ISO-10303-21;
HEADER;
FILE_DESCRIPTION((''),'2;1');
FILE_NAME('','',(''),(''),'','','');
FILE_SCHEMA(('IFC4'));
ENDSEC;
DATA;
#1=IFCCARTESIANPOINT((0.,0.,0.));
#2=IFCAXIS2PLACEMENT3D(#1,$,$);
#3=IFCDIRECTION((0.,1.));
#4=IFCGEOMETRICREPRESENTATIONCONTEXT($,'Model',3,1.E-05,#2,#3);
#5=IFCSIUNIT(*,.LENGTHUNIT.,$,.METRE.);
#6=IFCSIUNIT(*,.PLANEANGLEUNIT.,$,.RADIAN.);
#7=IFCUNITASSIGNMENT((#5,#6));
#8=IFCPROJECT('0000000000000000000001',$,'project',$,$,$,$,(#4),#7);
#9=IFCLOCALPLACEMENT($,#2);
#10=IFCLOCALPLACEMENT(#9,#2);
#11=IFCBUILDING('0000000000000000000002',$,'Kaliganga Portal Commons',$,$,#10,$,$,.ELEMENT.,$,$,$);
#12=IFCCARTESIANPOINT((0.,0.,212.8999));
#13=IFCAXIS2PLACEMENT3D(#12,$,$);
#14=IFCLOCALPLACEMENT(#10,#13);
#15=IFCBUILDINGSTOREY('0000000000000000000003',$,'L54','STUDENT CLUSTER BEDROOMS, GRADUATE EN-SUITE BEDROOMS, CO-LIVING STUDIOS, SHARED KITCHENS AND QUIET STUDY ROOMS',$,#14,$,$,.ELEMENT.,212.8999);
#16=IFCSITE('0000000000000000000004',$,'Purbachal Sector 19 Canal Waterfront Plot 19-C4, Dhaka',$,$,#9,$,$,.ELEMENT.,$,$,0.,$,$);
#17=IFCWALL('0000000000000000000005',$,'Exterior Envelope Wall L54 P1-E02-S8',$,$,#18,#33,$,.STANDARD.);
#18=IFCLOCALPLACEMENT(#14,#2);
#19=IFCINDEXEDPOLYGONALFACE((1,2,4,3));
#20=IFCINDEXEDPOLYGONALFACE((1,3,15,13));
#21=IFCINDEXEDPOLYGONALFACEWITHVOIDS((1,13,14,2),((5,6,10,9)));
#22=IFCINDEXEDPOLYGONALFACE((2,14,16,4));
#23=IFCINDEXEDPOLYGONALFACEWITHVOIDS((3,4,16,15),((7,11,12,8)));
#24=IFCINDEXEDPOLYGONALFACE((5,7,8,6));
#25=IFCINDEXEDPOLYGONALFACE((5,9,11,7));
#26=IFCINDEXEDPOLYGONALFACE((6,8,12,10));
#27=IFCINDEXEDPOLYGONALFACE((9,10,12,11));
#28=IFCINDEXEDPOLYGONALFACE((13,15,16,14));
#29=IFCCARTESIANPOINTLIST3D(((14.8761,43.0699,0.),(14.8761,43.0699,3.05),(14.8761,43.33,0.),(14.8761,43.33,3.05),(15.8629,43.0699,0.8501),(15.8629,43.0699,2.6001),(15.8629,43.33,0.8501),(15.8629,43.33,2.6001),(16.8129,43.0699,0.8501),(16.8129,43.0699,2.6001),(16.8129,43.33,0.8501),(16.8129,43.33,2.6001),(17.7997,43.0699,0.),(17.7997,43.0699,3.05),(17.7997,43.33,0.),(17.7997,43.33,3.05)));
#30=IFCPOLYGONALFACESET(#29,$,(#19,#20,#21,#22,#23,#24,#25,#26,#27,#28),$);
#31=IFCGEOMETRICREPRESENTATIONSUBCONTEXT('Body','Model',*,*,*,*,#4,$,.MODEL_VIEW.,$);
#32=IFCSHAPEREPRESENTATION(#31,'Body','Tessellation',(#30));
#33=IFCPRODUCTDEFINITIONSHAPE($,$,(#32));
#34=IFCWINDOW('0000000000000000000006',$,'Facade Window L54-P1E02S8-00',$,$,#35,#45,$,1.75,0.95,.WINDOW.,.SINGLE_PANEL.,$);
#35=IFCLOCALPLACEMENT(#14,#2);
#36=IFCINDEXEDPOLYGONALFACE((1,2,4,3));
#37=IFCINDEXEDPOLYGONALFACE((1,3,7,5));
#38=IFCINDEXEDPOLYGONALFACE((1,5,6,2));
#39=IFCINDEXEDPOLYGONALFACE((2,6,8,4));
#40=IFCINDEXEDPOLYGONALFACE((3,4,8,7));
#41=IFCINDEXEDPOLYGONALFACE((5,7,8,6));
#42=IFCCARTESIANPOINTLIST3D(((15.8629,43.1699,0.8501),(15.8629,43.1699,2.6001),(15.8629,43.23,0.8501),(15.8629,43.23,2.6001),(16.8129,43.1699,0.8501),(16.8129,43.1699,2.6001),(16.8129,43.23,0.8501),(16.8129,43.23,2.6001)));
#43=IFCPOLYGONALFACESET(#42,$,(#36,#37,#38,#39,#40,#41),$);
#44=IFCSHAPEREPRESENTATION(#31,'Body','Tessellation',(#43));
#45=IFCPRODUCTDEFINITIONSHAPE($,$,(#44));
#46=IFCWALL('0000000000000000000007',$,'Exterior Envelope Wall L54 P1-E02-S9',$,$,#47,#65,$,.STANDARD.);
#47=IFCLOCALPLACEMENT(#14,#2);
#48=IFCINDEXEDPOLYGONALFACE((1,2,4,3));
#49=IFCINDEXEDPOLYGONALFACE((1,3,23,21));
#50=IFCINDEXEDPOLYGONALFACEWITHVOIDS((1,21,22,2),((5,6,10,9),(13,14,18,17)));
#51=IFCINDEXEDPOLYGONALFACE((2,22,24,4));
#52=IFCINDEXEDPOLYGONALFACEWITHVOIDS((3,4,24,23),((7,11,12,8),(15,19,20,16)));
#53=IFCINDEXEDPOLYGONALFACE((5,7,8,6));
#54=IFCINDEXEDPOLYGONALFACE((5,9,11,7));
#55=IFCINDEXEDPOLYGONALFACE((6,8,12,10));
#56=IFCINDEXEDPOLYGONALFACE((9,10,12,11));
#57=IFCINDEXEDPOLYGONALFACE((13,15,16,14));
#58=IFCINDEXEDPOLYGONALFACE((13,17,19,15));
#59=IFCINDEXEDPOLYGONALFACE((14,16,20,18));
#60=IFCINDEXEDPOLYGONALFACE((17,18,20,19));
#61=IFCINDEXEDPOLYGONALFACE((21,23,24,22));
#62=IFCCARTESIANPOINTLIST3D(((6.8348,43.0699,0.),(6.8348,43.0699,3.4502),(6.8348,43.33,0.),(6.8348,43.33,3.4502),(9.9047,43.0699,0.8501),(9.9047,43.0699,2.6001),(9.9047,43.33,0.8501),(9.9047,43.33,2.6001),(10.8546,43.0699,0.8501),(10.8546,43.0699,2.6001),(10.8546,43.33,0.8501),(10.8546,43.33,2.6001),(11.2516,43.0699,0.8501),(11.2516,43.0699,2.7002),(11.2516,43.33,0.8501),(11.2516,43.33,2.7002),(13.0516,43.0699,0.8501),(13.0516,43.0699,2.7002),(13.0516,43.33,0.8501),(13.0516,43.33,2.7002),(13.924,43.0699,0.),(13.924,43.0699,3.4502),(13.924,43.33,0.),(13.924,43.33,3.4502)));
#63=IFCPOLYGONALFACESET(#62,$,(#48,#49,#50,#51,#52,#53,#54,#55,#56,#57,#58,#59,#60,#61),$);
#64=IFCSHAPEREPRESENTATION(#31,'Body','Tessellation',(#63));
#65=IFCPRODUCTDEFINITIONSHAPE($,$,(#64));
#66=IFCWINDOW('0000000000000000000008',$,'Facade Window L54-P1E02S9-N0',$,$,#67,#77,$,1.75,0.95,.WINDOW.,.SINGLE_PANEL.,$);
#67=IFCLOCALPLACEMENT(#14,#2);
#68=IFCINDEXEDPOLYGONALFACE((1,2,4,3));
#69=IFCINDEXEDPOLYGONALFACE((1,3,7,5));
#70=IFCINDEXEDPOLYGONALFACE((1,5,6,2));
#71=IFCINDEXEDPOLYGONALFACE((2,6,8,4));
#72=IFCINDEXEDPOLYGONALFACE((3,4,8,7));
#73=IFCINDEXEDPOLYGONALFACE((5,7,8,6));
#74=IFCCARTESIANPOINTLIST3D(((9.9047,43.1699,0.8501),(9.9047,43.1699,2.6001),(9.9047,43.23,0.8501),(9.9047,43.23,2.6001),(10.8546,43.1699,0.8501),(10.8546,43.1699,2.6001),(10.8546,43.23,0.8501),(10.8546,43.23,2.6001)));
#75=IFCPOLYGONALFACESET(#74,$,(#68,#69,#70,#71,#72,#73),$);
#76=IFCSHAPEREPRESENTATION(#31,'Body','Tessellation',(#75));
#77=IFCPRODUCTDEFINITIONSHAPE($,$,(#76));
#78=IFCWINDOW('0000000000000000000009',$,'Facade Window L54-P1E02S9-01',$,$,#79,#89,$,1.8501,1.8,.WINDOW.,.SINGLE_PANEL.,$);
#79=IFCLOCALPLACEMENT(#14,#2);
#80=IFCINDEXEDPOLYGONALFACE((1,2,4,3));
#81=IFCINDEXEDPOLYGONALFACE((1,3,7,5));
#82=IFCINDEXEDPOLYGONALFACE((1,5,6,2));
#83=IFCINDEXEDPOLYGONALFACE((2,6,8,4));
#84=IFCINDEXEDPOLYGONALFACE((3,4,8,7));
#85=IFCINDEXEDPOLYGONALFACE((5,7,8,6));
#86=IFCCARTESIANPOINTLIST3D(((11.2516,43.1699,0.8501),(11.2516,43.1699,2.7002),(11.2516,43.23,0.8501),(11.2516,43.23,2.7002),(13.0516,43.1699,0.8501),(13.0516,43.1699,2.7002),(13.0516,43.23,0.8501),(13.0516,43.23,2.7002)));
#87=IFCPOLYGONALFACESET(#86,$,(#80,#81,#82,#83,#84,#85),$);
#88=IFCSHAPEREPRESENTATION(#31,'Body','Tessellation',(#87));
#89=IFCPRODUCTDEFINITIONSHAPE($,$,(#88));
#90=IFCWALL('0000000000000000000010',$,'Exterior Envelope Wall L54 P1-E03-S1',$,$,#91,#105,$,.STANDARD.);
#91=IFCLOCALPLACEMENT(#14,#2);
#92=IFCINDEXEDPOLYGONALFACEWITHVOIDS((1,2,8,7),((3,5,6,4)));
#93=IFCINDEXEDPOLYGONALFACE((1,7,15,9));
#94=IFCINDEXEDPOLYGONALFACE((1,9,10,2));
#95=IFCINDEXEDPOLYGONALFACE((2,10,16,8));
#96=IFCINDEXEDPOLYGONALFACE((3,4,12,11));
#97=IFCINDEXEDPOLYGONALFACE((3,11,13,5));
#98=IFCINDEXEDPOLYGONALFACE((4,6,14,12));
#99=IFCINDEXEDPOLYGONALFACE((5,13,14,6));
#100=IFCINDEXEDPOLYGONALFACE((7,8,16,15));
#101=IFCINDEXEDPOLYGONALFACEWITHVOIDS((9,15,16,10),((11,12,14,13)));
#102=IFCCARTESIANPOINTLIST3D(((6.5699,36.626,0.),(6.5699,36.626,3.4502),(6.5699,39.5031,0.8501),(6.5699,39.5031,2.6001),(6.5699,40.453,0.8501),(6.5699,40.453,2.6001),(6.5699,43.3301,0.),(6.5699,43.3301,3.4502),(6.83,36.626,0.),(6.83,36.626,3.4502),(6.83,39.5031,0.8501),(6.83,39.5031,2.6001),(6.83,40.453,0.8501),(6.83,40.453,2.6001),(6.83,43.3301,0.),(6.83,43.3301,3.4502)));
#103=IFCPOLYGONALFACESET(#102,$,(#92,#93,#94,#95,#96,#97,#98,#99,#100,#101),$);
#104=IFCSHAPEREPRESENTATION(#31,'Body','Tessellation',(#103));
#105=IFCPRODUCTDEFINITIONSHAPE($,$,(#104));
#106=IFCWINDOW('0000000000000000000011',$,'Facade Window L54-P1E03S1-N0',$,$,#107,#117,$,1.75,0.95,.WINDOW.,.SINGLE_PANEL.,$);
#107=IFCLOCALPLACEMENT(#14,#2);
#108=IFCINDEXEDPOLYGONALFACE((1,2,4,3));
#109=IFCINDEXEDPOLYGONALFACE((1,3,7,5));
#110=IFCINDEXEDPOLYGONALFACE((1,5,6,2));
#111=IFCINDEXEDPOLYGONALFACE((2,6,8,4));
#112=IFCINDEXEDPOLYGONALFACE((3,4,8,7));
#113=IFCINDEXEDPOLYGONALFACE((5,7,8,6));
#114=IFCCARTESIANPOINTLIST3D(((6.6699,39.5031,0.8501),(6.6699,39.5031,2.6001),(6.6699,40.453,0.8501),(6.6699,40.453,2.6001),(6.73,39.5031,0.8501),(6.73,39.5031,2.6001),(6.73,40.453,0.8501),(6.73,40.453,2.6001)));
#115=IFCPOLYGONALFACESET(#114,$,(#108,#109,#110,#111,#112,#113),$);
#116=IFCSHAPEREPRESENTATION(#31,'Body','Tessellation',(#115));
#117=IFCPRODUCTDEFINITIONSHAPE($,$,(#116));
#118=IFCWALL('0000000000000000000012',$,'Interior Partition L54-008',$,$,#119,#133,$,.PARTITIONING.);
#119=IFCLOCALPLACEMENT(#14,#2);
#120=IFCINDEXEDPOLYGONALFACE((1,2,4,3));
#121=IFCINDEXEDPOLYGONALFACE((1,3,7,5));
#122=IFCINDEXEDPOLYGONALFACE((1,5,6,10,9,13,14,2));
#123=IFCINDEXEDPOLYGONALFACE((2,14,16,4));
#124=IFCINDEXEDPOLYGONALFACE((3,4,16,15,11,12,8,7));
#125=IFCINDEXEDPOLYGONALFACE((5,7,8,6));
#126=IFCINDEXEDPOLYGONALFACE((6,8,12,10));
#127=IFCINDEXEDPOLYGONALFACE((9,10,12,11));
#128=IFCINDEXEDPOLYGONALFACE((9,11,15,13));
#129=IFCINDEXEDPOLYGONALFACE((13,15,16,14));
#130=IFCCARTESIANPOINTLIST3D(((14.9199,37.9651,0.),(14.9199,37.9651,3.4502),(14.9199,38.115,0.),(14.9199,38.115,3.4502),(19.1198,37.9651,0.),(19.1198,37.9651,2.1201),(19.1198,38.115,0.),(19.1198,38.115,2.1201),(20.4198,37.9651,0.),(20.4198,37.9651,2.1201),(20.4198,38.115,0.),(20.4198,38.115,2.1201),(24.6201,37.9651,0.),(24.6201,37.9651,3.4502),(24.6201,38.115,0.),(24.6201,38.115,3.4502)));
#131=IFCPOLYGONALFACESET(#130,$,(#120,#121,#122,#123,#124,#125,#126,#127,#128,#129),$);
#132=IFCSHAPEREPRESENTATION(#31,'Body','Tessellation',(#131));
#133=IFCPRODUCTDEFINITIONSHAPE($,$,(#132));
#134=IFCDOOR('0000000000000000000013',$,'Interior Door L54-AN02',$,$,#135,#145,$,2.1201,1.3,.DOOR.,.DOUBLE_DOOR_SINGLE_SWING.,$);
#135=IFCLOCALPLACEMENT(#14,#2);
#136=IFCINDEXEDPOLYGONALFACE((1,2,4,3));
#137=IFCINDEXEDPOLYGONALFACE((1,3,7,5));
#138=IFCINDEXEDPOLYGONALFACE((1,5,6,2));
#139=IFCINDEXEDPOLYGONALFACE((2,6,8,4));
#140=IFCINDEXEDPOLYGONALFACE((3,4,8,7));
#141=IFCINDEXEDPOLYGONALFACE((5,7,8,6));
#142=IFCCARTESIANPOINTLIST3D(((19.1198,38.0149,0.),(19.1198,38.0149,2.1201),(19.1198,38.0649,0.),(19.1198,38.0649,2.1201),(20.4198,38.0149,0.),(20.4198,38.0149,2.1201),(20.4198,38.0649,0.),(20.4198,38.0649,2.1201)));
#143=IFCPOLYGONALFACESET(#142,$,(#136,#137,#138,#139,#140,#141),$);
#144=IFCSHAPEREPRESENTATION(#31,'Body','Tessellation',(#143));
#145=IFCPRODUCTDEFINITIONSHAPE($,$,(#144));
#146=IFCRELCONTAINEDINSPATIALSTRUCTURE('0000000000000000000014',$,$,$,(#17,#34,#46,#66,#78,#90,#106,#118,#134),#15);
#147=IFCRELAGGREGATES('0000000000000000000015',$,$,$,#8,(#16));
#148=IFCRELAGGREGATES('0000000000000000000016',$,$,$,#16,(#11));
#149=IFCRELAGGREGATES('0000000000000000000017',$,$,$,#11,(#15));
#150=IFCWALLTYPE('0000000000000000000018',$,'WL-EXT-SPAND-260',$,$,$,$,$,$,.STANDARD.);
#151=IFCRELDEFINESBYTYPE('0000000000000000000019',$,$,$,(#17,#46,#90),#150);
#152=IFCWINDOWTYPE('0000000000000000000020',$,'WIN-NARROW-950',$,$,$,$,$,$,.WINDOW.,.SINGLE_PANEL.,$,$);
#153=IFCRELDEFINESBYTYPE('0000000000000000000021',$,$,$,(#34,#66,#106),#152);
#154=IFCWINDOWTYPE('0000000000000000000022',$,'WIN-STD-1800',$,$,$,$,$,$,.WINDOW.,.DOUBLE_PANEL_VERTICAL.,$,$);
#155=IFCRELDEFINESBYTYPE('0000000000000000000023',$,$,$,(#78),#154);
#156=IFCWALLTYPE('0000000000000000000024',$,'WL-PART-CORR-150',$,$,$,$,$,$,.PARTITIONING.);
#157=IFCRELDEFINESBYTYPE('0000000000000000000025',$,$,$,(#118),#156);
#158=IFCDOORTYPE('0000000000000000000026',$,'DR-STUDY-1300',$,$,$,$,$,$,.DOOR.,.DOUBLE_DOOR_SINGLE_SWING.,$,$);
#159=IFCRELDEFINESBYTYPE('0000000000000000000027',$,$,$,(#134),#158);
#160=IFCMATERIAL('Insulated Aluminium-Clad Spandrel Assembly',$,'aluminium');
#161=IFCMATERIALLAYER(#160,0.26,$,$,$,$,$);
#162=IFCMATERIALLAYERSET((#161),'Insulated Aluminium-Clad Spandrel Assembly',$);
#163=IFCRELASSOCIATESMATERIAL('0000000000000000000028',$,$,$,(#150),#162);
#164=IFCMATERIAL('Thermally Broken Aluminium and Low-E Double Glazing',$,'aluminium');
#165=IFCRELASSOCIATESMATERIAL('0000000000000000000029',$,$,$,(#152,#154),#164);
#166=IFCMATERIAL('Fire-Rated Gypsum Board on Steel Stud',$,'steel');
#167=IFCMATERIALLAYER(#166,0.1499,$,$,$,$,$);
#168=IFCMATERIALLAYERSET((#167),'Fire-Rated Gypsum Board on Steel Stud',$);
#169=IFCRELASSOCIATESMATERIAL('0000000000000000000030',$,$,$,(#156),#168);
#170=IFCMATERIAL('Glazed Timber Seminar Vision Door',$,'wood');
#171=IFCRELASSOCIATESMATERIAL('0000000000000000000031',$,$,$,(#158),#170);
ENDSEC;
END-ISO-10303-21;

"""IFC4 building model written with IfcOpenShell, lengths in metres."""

from ifc_helpers import new_model, si_unit, direction, frame, frame_2d, origin, place, context, subcontext, project, spatial, rectangle, extrude, material, layer, layer_set, type_object, element, fill, save


model = new_model("IFC4")

# Units and contexts
model_context = context("Model", 3, precision=1e-05, world=origin(), true_north=direction((0.0, 1.0)))
body_context = subcontext(model_context, "Body", "Model", "MODEL_VIEW")
ifc_project = project(units=[si_unit("LENGTHUNIT", "METRE"), si_unit("PLANEANGLEUNIT", "RADIAN")], contexts=[model_context])

# Site, building, storey
site_placement = place(None, origin())
site = spatial("IfcSite", under=ifc_project, at=site_placement, Name="Purbachal Sector 19 Canal Waterfront Plot 19-C4, Dhaka", CompositionType="ELEMENT", RefElevation=0.0)
building_placement = place(site_placement, origin())
building = spatial("IfcBuilding", under=site, at=building_placement, Name="Kaliganga Portal Commons", CompositionType="ELEMENT")
storey_placement = place(building_placement, frame((0.0, 0.0, 212.8999)))
storey = spatial("IfcBuildingStorey", under=building, at=storey_placement, Name="L54", Description="STUDENT CLUSTER BEDROOMS, GRADUATE EN-SUITE BEDROOMS, CO-LIVING STUDIOS, SHARED KITCHENS AND QUIET STUDY ROOMS", CompositionType="ELEMENT", Elevation=212.8999)

# Wall, opening, window
ifc_material_1 = material(Name="Insulated Aluminium-Clad Spandrel Assembly", Category="aluminium")
ifc_layer_1 = layer(ifc_material_1, 0.26)
ifc_layer_set_1 = layer_set([ifc_layer_1], Name="Insulated Aluminium-Clad Spandrel Assembly")
wall_type_1 = type_object("IfcWallType", Name="WL-EXT-SPAND-260", PredefinedType="STANDARD", material=ifc_layer_set_1)
ifc_material_2 = material(Name="Thermally Broken Aluminium and Low-E Double Glazing", Category="aluminium")
window_type_1 = type_object("IfcWindowType", Name="WIN-NARROW-950", PartitioningType="SINGLE_PANEL", PredefinedType="WINDOW", material=ifc_material_2)
wall_1_placement = place(storey_placement, frame((14.876, 43.2, 0.0), z_axis=(0.0, 0.0, 1.0), x_axis=(1.0, 0.0, 0.0)))
wall_1 = element("IfcWall", 1, at=wall_1_placement, inside=storey, type_object=wall_type_1, Name="Exterior Envelope Wall L54 P1-E02-S8", PredefinedType="STANDARD", context=body_context, shape_type="SweptSolid", body=[
    extrude(rectangle(XDim=2.9236, YDim=0.26, at=frame_2d((1.4619, 0.0))), origin(), (0.0, 0.0, 1.0), 3.05),
])
opening_1_placement = place(wall_1_placement, frame((0.9868, 0.0, 0.8501)))
opening_1 = element("IfcOpeningElement", 2, at=opening_1_placement, cuts=wall_1, PredefinedType="OPENING", context=body_context, shape_type="SweptSolid", body=[
    extrude(rectangle(XDim=0.95, YDim=1.75, at=frame_2d((0.4751, 0.875))), frame((0.0, 0.1401, 0.0), z_axis=(0.0, -1.0, 0.0), x_axis=(1.0, 0.0, 0.0)), (0.0, 0.0, 1.0), 0.28),
])
window_1_placement = place(opening_1_placement, origin())
window_1 = element("IfcWindow", 3, at=window_1_placement, inside=storey, type_object=window_type_1, Name="Facade Window L54-P1E02S8-00", OverallHeight=1.75, OverallWidth=0.95, PartitioningType="SINGLE_PANEL", PredefinedType="WINDOW", context=body_context, shape_type="SweptSolid", body=[
    extrude(rectangle(XDim=0.95, YDim=1.75, at=frame_2d((0.4751, 0.875))), frame((0.0, 0.03, 0.0), z_axis=(0.0, -1.0, 0.0), x_axis=(1.0, 0.0, 0.0)), (0.0, 0.0, 1.0), 0.0601),
])
fill(opening_1, window_1)

# Wall, openings, windows
wall_2_placement = place(storey_placement, frame((6.835, 43.2, 0.0), z_axis=(0.0, 0.0, 1.0), x_axis=(1.0, 0.0, 0.0)))
wall_2 = element("IfcWall", 4, at=wall_2_placement, inside=storey, type_object=wall_type_1, Name="Exterior Envelope Wall L54 P1-E02-S9", PredefinedType="STANDARD", context=body_context, shape_type="SweptSolid", body=[
    extrude(rectangle(XDim=7.0891, YDim=0.26, at=frame_2d((3.5444, 0.0))), origin(), (0.0, 0.0, 1.0), 3.4502),
])
opening_2_placement = place(wall_2_placement, frame((4.4167, 0.0, 0.8501)))
opening_2 = element("IfcOpeningElement", 5, at=opening_2_placement, cuts=wall_2, PredefinedType="OPENING", context=body_context, shape_type="SweptSolid", body=[
    extrude(rectangle(XDim=1.8, YDim=1.8501, at=frame_2d((0.8999, 0.925))), frame((0.0, 0.1401, 0.0), z_axis=(0.0, -1.0, 0.0), x_axis=(1.0, 0.0, 0.0)), (0.0, 0.0, 1.0), 0.28),
])
opening_3_placement = place(wall_2_placement, frame((3.0696, 0.0, 0.8501)))
opening_3 = element("IfcOpeningElement", 6, at=opening_3_placement, cuts=wall_2, PredefinedType="OPENING", context=body_context, shape_type="SweptSolid", body=[
    extrude(rectangle(XDim=0.95, YDim=1.75, at=frame_2d((0.4751, 0.875))), frame((0.0, 0.1401, 0.0), z_axis=(0.0, -1.0, 0.0), x_axis=(1.0, 0.0, 0.0)), (0.0, 0.0, 1.0), 0.28),
])
window_2_placement = place(opening_3_placement, origin())
window_2 = element("IfcWindow", 7, at=window_2_placement, inside=storey, type_object=window_type_1, Name="Facade Window L54-P1E02S9-N0", OverallHeight=1.75, OverallWidth=0.95, PartitioningType="SINGLE_PANEL", PredefinedType="WINDOW", context=body_context, shape_type="SweptSolid", body=[
    extrude(rectangle(XDim=0.95, YDim=1.75, at=frame_2d((0.4751, 0.875))), frame((0.0, 0.03, 0.0), z_axis=(0.0, -1.0, 0.0), x_axis=(1.0, 0.0, 0.0)), (0.0, 0.0, 1.0), 0.0601),
])
fill(opening_3, window_2)
window_type_2 = type_object("IfcWindowType", Name="WIN-STD-1800", PartitioningType="DOUBLE_PANEL_VERTICAL", PredefinedType="WINDOW", material=ifc_material_2)
window_3_placement = place(opening_2_placement, origin())
window_3 = element("IfcWindow", 8, at=window_3_placement, inside=storey, type_object=window_type_2, Name="Facade Window L54-P1E02S9-01", OverallHeight=1.8501, OverallWidth=1.8, PartitioningType="SINGLE_PANEL", PredefinedType="WINDOW", context=body_context, shape_type="SweptSolid", body=[
    extrude(rectangle(XDim=1.8, YDim=1.8501, at=frame_2d((0.8999, 0.925))), frame((0.0, 0.03, 0.0), z_axis=(0.0, -1.0, 0.0), x_axis=(1.0, 0.0, 0.0)), (0.0, 0.0, 1.0), 0.0601),
])
fill(opening_2, window_3)

# Wall, opening, window
wall_3_placement = place(storey_placement, frame((6.7, 36.626, 0.0), z_axis=(0.0, 0.0, 1.0), x_axis=(0.0, 1.0, 0.0)))
wall_3 = element("IfcWall", 9, at=wall_3_placement, inside=storey, type_object=wall_type_1, Name="Exterior Envelope Wall L54 P1-E03-S1", PredefinedType="STANDARD", context=body_context, shape_type="SweptSolid", body=[
    extrude(rectangle(XDim=6.7041, YDim=0.26, at=frame_2d((3.3521, 0.0))), origin(), (0.0, 0.0, 1.0), 3.4502),
])
opening_4_placement = place(wall_3_placement, frame((2.877, 0.0, 0.8501)))
opening_4 = element("IfcOpeningElement", 10, at=opening_4_placement, cuts=wall_3, PredefinedType="OPENING", context=body_context, shape_type="SweptSolid", body=[
    extrude(rectangle(XDim=0.95, YDim=1.75, at=frame_2d((0.4751, 0.875))), frame((0.0, 0.1401, 0.0), z_axis=(0.0, -1.0, 0.0), x_axis=(1.0, 0.0, 0.0)), (0.0, 0.0, 1.0), 0.28),
])
window_4_placement = place(opening_4_placement, origin())
window_4 = element("IfcWindow", 11, at=window_4_placement, inside=storey, type_object=window_type_1, Name="Facade Window L54-P1E03S1-N0", OverallHeight=1.75, OverallWidth=0.95, PartitioningType="SINGLE_PANEL", PredefinedType="WINDOW", context=body_context, shape_type="SweptSolid", body=[
    extrude(rectangle(XDim=0.95, YDim=1.75, at=frame_2d((0.4751, 0.875))), frame((0.0, 0.03, 0.0), z_axis=(0.0, -1.0, 0.0), x_axis=(1.0, 0.0, 0.0)), (0.0, 0.0, 1.0), 0.0601),
])
fill(opening_4, window_4)

# Wall, opening, door
ifc_material_3 = material(Name="Fire-Rated Gypsum Board on Steel Stud", Category="steel")
ifc_layer_2 = layer(ifc_material_3, 0.1499)
ifc_layer_set_2 = layer_set([ifc_layer_2], Name="Fire-Rated Gypsum Board on Steel Stud")
wall_type_2 = type_object("IfcWallType", Name="WL-PART-CORR-150", PredefinedType="PARTITIONING", material=ifc_layer_set_2)
wall_4_placement = place(storey_placement, frame((14.9199, 38.04, 0.0), z_axis=(0.0, 0.0, 1.0), x_axis=(1.0, 0.0, 0.0)))
wall_4 = element("IfcWall", 12, at=wall_4_placement, inside=storey, type_object=wall_type_2, Name="Interior Partition L54-008", PredefinedType="PARTITIONING", context=body_context, shape_type="SweptSolid", body=[
    extrude(rectangle(XDim=9.7002, YDim=0.1499, at=frame_2d((4.8501, 0.0))), origin(), (0.0, 0.0, 1.0), 3.4502),
])
opening_5_placement = place(wall_4_placement, frame((4.2, 0.0, 0.0)))
opening_5 = element("IfcOpeningElement", 13, at=opening_5_placement, cuts=wall_4, PredefinedType="OPENING", context=body_context, shape_type="SweptSolid", body=[
    extrude(rectangle(XDim=1.3, YDim=2.1201, at=frame_2d((0.6499, 1.0601))), frame((0.0, 0.085, 0.0), z_axis=(0.0, -1.0, 0.0), x_axis=(1.0, 0.0, 0.0)), (0.0, 0.0, 1.0), 0.1699),
])
ifc_material_4 = material(Name="Glazed Timber Seminar Vision Door", Category="wood")
door_type_1 = type_object("IfcDoorType", Name="DR-STUDY-1300", OperationType="DOUBLE_DOOR_SINGLE_SWING", PredefinedType="DOOR", material=ifc_material_4)
door_1_placement = place(opening_5_placement, origin())
door_1 = element("IfcDoor", 14, at=door_1_placement, inside=storey, type_object=door_type_1, Name="Interior Door L54-AN02", OperationType="DOUBLE_DOOR_SINGLE_SWING", OverallHeight=2.1201, OverallWidth=1.3, PredefinedType="DOOR", context=body_context, shape_type="SweptSolid", body=[
    extrude(rectangle(XDim=1.3, YDim=2.1201, at=frame_2d((0.6499, 1.0601))), frame((0.0, 0.0249, 0.0), z_axis=(0.0, -1.0, 0.0), x_axis=(1.0, 0.0, 0.0)), (0.0, 0.0, 1.0), 0.05),
])
fill(opening_5, door_1)

save(model, "model.ifc")
